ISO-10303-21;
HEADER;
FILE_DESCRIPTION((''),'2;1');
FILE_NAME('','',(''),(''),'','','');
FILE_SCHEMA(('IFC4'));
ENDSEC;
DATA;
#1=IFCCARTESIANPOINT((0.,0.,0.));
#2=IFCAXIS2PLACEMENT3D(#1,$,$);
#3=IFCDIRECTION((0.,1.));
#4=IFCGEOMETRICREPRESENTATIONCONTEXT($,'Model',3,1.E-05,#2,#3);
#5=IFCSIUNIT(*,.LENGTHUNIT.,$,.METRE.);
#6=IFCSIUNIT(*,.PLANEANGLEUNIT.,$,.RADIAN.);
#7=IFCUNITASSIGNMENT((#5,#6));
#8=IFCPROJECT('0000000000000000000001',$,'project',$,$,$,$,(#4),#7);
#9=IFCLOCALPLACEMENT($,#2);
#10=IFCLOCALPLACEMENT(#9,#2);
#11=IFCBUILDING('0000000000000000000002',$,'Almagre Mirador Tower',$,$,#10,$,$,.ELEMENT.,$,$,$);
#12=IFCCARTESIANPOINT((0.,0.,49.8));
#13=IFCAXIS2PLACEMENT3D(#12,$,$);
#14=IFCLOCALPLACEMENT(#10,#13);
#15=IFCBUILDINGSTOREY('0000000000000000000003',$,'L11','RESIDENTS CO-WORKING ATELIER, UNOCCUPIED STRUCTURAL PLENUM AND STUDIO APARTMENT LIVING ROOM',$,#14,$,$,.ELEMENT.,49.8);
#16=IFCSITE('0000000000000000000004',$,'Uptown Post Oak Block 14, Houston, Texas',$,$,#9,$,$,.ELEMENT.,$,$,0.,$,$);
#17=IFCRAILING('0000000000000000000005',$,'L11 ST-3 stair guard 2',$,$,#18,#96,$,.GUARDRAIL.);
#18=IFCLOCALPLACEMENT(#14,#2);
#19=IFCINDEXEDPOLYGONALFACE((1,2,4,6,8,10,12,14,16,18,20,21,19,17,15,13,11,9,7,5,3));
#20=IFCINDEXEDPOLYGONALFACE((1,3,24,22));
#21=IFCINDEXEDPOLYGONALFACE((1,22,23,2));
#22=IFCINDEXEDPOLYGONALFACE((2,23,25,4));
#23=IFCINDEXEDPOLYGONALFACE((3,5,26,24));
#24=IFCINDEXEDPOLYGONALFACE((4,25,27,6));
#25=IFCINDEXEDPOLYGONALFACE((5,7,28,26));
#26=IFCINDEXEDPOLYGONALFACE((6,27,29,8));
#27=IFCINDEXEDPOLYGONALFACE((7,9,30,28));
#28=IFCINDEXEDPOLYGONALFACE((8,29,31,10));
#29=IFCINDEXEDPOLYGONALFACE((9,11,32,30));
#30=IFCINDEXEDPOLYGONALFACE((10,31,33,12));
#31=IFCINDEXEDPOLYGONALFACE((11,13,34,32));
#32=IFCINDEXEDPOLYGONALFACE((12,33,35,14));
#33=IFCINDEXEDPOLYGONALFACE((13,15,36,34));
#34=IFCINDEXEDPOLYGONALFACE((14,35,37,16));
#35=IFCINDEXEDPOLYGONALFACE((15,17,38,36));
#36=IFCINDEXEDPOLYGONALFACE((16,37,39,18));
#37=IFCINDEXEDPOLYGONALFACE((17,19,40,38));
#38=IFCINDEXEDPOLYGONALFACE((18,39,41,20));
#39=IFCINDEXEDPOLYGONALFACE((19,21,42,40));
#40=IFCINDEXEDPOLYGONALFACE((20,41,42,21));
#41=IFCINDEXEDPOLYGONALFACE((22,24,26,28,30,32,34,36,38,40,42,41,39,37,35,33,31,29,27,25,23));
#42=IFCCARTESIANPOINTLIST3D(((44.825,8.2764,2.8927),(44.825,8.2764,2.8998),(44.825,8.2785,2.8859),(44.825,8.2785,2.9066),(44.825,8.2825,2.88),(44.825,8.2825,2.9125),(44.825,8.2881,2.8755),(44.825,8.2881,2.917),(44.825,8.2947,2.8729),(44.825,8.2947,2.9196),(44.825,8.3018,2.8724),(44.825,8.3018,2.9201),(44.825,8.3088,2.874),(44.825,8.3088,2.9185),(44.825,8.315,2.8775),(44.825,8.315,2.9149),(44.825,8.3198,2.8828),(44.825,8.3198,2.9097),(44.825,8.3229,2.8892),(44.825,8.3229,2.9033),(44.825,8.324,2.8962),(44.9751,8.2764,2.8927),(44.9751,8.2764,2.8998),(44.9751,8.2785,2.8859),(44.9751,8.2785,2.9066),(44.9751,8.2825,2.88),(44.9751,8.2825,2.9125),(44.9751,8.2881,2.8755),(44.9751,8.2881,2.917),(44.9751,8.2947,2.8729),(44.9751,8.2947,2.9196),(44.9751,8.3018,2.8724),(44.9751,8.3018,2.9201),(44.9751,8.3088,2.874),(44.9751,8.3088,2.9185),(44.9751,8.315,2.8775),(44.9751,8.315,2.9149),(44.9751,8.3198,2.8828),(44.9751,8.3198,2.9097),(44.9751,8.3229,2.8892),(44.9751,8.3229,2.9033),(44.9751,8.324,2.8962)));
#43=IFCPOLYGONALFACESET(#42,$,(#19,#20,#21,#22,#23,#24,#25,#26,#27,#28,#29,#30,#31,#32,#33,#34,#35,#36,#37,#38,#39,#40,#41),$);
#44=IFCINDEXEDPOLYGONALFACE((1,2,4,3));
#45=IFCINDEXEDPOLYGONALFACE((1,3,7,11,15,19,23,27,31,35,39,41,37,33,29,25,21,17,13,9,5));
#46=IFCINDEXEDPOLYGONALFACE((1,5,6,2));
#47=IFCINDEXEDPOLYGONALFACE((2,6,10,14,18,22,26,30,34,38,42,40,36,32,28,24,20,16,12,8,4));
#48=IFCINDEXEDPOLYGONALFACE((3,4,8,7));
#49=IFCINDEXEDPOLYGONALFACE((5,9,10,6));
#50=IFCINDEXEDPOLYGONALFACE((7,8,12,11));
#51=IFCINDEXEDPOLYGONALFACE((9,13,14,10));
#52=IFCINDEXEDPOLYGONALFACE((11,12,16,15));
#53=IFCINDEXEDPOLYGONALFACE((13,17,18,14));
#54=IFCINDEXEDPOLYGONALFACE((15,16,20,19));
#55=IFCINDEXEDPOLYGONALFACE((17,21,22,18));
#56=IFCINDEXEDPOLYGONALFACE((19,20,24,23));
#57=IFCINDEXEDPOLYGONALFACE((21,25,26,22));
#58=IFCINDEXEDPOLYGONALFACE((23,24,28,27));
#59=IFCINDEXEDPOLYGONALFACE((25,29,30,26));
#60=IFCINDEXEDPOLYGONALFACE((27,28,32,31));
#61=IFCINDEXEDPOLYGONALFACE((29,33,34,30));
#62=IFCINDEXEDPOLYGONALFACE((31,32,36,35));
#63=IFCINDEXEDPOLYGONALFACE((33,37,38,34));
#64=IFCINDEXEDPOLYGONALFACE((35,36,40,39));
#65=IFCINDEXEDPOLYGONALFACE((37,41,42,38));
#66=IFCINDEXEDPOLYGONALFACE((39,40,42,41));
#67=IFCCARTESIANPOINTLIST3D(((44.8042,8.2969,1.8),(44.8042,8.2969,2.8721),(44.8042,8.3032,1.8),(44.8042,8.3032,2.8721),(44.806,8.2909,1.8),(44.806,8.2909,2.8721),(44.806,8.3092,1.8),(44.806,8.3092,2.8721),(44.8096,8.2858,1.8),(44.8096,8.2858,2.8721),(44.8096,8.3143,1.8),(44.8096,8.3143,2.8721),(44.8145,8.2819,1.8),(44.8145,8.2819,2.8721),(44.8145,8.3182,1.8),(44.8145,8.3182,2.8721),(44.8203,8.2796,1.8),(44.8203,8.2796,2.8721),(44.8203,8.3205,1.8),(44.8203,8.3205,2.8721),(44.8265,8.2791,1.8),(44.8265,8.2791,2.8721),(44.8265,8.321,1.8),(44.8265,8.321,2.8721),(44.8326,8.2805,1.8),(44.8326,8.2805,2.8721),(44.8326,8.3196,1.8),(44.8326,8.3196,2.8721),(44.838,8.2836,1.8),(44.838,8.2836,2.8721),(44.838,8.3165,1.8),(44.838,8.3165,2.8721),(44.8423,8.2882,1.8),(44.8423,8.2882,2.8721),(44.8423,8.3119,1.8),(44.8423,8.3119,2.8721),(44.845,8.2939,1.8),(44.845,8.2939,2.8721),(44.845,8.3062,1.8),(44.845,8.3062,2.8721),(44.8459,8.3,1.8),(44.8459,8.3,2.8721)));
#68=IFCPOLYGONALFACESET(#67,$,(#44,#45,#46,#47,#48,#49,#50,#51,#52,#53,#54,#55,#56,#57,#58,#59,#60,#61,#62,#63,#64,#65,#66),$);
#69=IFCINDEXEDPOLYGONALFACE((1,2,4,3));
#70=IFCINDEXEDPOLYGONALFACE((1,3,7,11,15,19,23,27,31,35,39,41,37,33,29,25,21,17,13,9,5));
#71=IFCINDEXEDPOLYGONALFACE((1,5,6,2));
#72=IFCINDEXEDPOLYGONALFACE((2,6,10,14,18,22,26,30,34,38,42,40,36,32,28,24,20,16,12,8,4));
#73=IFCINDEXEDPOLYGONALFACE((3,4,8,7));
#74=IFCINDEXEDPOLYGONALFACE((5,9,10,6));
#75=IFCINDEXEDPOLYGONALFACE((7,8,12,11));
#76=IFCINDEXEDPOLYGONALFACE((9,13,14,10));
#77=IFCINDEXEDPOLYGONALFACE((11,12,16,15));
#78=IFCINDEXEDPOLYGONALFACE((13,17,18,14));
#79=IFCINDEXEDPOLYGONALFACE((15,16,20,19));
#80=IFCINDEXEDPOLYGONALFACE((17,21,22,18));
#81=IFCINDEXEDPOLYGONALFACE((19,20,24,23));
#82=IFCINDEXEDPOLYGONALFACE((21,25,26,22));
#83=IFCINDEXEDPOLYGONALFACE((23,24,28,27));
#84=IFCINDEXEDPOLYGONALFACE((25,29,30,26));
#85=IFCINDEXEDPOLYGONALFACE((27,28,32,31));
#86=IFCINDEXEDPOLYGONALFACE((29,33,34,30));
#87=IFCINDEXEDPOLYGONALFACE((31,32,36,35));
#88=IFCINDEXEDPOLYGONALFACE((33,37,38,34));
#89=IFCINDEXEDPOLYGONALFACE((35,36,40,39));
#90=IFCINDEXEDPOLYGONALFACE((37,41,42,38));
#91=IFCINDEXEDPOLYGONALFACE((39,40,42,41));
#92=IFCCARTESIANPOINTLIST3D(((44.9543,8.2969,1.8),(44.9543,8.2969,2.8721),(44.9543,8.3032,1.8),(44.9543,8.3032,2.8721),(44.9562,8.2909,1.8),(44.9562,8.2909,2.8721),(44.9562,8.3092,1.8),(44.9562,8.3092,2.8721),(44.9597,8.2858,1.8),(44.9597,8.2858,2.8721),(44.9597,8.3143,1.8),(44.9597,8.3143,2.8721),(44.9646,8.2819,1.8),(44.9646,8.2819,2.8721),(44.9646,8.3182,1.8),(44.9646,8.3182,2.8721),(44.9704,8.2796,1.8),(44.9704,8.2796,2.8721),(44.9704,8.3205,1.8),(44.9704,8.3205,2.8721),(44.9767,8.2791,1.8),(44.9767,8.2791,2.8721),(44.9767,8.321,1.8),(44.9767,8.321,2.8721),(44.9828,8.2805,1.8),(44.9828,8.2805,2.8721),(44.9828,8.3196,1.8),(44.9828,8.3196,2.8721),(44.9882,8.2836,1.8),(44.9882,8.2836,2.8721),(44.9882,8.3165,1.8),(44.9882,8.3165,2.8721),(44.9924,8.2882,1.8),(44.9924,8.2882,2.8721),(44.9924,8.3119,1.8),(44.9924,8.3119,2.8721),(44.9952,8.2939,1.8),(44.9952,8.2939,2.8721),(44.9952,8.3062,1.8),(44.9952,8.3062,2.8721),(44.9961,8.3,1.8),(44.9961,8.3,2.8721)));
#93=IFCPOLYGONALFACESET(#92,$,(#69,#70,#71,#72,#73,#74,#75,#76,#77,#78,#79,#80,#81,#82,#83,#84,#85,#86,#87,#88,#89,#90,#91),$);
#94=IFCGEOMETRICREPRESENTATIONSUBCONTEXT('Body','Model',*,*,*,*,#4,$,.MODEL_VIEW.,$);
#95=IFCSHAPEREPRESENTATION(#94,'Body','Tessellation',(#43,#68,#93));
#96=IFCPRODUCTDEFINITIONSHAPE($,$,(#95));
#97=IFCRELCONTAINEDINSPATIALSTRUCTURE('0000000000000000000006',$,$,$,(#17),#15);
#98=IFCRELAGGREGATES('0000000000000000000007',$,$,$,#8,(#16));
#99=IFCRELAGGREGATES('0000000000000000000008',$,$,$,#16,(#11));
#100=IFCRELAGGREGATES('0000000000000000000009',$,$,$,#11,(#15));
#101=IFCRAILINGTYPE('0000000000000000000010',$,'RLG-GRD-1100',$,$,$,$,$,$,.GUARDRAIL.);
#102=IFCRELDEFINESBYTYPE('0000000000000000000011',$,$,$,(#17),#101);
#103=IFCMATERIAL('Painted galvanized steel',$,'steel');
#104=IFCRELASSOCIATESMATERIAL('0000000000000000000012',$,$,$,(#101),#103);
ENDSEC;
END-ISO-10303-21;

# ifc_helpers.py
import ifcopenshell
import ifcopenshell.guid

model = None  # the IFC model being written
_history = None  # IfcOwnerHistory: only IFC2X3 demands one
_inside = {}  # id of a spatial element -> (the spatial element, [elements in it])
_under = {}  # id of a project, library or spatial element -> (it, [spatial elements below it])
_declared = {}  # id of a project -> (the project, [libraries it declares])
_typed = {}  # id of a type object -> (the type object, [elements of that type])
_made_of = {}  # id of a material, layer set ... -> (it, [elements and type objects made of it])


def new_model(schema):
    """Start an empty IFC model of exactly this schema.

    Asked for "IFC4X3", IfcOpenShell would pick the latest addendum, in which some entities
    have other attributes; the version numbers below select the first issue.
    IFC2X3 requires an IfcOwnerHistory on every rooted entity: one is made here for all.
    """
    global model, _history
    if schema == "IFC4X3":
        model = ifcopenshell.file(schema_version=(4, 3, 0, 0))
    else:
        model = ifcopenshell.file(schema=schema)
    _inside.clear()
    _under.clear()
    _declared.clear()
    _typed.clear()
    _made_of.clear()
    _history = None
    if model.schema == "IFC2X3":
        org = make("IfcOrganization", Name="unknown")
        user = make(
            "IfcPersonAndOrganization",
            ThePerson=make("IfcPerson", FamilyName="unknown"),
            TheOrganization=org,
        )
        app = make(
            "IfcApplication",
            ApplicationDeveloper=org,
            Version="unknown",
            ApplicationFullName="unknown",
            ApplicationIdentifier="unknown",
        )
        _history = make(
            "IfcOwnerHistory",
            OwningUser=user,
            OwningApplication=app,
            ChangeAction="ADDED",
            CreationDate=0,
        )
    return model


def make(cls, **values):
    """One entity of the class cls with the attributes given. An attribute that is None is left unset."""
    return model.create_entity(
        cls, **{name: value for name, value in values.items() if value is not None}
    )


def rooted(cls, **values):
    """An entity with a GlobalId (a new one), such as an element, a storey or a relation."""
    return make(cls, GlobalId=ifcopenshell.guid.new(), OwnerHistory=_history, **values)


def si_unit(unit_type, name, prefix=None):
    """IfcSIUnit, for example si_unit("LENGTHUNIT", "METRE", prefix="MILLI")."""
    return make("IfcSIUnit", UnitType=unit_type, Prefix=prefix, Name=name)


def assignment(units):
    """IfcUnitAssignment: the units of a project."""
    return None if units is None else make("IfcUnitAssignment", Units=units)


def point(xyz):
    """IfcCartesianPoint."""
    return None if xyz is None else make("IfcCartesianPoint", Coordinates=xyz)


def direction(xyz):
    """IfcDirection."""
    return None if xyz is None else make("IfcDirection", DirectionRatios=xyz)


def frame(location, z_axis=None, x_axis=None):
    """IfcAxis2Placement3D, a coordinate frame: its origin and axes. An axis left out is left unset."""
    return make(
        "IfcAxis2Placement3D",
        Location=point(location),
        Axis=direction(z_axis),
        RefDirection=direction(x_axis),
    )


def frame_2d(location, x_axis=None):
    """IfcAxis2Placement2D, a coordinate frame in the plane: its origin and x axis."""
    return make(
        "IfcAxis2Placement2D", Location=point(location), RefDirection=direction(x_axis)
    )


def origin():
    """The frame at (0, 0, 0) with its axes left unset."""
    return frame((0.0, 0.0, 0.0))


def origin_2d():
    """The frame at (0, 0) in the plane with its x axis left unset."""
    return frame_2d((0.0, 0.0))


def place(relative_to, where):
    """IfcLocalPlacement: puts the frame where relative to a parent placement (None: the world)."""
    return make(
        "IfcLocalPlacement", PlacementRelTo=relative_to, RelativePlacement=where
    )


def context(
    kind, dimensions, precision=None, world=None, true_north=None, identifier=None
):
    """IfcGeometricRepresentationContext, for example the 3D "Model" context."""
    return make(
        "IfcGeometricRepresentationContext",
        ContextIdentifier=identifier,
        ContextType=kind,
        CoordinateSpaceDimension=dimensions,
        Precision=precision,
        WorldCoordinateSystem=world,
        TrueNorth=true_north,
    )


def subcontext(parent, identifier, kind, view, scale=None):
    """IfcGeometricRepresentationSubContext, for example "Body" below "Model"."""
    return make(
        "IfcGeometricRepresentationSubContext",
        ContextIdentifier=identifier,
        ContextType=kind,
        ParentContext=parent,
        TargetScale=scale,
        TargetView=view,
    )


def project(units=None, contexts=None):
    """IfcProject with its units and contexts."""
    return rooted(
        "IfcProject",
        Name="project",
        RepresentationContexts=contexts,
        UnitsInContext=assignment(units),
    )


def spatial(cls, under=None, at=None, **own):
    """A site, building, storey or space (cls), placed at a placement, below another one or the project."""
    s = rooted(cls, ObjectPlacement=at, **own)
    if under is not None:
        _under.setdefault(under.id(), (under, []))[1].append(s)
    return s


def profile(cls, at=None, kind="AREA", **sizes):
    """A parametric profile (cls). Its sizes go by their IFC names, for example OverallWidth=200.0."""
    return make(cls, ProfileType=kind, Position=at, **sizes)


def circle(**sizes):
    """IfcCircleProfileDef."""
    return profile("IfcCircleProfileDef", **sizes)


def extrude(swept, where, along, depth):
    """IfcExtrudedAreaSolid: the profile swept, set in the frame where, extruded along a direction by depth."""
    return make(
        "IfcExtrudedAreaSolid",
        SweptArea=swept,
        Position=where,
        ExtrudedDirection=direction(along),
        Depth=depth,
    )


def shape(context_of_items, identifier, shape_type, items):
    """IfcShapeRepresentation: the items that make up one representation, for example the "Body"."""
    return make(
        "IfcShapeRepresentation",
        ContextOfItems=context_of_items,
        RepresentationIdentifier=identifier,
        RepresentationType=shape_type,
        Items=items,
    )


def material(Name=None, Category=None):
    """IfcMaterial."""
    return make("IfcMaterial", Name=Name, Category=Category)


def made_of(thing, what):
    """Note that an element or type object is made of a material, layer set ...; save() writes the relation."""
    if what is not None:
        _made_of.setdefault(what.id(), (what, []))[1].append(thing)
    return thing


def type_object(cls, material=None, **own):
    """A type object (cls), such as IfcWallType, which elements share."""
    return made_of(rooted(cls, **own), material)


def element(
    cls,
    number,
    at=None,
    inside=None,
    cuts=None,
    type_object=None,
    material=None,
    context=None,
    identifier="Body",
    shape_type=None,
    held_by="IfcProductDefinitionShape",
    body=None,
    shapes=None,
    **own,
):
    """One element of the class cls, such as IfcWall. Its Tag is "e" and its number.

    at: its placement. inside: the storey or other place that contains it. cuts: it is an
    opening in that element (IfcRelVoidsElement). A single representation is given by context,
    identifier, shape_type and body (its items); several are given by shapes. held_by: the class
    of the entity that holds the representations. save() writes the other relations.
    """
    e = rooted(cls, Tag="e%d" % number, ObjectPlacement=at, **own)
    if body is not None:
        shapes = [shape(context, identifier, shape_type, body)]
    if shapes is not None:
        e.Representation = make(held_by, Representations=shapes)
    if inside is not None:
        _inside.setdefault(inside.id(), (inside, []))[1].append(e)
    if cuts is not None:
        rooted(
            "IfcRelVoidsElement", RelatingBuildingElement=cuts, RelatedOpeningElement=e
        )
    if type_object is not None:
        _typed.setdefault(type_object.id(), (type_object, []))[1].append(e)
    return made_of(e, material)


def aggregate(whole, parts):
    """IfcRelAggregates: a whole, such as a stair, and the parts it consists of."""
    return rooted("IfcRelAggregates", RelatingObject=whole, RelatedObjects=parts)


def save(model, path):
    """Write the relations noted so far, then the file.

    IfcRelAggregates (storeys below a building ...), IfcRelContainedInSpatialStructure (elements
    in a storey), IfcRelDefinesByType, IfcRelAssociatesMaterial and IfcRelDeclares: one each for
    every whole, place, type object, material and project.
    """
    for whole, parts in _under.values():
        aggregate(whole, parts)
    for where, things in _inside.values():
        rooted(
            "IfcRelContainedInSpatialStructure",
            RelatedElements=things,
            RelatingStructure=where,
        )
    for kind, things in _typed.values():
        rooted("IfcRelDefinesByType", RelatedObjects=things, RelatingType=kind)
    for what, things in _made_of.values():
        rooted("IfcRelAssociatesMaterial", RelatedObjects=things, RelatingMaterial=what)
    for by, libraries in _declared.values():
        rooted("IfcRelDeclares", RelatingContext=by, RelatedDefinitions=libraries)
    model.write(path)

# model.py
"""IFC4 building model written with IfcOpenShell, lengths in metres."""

from ifc_helpers import new_model, si_unit, direction, frame, origin, origin_2d, place, context, subcontext, project, spatial, circle, extrude, material, type_object, element, save


model = new_model("IFC4")

# Units and contexts
model_context = context("Model", 3, precision=1e-05, world=origin(), true_north=direction((0.0, 1.0)))
body_context = subcontext(model_context, "Body", "Model", "MODEL_VIEW")
ifc_project = project(units=[si_unit("LENGTHUNIT", "METRE"), si_unit("PLANEANGLEUNIT", "RADIAN")], contexts=[model_context])

# Site, building, storey
site_placement = place(None, origin())
site = spatial("IfcSite", under=ifc_project, at=site_placement, Name="Uptown Post Oak Block 14, Houston, Texas", CompositionType="ELEMENT", RefElevation=0.0)
building_placement = place(site_placement, origin())
building = spatial("IfcBuilding", under=site, at=building_placement, Name="Almagre Mirador Tower", CompositionType="ELEMENT")
storey_placement = place(building_placement, frame((0.0, 0.0, 49.8)))
storey = spatial("IfcBuildingStorey", under=building, at=storey_placement, Name="L11", Description="RESIDENTS CO-WORKING ATELIER, UNOCCUPIED STRUCTURAL PLENUM AND STUDIO APARTMENT LIVING ROOM", CompositionType="ELEMENT", Elevation=49.8)

# Railing
ifc_material_1 = material(Name="Painted galvanized steel", Category="steel")
railing_type_1 = type_object("IfcRailingType", Name="RLG-GRD-1100", PredefinedType="GUARDRAIL", material=ifc_material_1)
railing_1_placement = place(storey_placement, frame((44.825, 8.3, 1.8)))
element("IfcRailing", 1, at=railing_1_placement, inside=storey, type_object=railing_type_1, Name="L11 ST-3 stair guard 2", PredefinedType="GUARDRAIL", context=body_context, shape_type="SweptSolid", body=[
    extrude(circle(Radius=0.0239, at=origin_2d()), frame((0.0, 0.0, 1.0962), z_axis=(1.0, 0.0, 0.0), x_axis=(0.0, 1.0, 0.0)), (0.0, 0.0, 1.0), 0.1501),
    extrude(circle(Radius=0.021, at=origin_2d()), origin(), (0.0, 0.0, 1.0), 1.072),
    extrude(circle(Radius=0.021, at=origin_2d()), frame((0.1501, 0.0, 0.0)), (0.0, 0.0, 1.0), 1.072),
])

save(model, "model.ifc")
